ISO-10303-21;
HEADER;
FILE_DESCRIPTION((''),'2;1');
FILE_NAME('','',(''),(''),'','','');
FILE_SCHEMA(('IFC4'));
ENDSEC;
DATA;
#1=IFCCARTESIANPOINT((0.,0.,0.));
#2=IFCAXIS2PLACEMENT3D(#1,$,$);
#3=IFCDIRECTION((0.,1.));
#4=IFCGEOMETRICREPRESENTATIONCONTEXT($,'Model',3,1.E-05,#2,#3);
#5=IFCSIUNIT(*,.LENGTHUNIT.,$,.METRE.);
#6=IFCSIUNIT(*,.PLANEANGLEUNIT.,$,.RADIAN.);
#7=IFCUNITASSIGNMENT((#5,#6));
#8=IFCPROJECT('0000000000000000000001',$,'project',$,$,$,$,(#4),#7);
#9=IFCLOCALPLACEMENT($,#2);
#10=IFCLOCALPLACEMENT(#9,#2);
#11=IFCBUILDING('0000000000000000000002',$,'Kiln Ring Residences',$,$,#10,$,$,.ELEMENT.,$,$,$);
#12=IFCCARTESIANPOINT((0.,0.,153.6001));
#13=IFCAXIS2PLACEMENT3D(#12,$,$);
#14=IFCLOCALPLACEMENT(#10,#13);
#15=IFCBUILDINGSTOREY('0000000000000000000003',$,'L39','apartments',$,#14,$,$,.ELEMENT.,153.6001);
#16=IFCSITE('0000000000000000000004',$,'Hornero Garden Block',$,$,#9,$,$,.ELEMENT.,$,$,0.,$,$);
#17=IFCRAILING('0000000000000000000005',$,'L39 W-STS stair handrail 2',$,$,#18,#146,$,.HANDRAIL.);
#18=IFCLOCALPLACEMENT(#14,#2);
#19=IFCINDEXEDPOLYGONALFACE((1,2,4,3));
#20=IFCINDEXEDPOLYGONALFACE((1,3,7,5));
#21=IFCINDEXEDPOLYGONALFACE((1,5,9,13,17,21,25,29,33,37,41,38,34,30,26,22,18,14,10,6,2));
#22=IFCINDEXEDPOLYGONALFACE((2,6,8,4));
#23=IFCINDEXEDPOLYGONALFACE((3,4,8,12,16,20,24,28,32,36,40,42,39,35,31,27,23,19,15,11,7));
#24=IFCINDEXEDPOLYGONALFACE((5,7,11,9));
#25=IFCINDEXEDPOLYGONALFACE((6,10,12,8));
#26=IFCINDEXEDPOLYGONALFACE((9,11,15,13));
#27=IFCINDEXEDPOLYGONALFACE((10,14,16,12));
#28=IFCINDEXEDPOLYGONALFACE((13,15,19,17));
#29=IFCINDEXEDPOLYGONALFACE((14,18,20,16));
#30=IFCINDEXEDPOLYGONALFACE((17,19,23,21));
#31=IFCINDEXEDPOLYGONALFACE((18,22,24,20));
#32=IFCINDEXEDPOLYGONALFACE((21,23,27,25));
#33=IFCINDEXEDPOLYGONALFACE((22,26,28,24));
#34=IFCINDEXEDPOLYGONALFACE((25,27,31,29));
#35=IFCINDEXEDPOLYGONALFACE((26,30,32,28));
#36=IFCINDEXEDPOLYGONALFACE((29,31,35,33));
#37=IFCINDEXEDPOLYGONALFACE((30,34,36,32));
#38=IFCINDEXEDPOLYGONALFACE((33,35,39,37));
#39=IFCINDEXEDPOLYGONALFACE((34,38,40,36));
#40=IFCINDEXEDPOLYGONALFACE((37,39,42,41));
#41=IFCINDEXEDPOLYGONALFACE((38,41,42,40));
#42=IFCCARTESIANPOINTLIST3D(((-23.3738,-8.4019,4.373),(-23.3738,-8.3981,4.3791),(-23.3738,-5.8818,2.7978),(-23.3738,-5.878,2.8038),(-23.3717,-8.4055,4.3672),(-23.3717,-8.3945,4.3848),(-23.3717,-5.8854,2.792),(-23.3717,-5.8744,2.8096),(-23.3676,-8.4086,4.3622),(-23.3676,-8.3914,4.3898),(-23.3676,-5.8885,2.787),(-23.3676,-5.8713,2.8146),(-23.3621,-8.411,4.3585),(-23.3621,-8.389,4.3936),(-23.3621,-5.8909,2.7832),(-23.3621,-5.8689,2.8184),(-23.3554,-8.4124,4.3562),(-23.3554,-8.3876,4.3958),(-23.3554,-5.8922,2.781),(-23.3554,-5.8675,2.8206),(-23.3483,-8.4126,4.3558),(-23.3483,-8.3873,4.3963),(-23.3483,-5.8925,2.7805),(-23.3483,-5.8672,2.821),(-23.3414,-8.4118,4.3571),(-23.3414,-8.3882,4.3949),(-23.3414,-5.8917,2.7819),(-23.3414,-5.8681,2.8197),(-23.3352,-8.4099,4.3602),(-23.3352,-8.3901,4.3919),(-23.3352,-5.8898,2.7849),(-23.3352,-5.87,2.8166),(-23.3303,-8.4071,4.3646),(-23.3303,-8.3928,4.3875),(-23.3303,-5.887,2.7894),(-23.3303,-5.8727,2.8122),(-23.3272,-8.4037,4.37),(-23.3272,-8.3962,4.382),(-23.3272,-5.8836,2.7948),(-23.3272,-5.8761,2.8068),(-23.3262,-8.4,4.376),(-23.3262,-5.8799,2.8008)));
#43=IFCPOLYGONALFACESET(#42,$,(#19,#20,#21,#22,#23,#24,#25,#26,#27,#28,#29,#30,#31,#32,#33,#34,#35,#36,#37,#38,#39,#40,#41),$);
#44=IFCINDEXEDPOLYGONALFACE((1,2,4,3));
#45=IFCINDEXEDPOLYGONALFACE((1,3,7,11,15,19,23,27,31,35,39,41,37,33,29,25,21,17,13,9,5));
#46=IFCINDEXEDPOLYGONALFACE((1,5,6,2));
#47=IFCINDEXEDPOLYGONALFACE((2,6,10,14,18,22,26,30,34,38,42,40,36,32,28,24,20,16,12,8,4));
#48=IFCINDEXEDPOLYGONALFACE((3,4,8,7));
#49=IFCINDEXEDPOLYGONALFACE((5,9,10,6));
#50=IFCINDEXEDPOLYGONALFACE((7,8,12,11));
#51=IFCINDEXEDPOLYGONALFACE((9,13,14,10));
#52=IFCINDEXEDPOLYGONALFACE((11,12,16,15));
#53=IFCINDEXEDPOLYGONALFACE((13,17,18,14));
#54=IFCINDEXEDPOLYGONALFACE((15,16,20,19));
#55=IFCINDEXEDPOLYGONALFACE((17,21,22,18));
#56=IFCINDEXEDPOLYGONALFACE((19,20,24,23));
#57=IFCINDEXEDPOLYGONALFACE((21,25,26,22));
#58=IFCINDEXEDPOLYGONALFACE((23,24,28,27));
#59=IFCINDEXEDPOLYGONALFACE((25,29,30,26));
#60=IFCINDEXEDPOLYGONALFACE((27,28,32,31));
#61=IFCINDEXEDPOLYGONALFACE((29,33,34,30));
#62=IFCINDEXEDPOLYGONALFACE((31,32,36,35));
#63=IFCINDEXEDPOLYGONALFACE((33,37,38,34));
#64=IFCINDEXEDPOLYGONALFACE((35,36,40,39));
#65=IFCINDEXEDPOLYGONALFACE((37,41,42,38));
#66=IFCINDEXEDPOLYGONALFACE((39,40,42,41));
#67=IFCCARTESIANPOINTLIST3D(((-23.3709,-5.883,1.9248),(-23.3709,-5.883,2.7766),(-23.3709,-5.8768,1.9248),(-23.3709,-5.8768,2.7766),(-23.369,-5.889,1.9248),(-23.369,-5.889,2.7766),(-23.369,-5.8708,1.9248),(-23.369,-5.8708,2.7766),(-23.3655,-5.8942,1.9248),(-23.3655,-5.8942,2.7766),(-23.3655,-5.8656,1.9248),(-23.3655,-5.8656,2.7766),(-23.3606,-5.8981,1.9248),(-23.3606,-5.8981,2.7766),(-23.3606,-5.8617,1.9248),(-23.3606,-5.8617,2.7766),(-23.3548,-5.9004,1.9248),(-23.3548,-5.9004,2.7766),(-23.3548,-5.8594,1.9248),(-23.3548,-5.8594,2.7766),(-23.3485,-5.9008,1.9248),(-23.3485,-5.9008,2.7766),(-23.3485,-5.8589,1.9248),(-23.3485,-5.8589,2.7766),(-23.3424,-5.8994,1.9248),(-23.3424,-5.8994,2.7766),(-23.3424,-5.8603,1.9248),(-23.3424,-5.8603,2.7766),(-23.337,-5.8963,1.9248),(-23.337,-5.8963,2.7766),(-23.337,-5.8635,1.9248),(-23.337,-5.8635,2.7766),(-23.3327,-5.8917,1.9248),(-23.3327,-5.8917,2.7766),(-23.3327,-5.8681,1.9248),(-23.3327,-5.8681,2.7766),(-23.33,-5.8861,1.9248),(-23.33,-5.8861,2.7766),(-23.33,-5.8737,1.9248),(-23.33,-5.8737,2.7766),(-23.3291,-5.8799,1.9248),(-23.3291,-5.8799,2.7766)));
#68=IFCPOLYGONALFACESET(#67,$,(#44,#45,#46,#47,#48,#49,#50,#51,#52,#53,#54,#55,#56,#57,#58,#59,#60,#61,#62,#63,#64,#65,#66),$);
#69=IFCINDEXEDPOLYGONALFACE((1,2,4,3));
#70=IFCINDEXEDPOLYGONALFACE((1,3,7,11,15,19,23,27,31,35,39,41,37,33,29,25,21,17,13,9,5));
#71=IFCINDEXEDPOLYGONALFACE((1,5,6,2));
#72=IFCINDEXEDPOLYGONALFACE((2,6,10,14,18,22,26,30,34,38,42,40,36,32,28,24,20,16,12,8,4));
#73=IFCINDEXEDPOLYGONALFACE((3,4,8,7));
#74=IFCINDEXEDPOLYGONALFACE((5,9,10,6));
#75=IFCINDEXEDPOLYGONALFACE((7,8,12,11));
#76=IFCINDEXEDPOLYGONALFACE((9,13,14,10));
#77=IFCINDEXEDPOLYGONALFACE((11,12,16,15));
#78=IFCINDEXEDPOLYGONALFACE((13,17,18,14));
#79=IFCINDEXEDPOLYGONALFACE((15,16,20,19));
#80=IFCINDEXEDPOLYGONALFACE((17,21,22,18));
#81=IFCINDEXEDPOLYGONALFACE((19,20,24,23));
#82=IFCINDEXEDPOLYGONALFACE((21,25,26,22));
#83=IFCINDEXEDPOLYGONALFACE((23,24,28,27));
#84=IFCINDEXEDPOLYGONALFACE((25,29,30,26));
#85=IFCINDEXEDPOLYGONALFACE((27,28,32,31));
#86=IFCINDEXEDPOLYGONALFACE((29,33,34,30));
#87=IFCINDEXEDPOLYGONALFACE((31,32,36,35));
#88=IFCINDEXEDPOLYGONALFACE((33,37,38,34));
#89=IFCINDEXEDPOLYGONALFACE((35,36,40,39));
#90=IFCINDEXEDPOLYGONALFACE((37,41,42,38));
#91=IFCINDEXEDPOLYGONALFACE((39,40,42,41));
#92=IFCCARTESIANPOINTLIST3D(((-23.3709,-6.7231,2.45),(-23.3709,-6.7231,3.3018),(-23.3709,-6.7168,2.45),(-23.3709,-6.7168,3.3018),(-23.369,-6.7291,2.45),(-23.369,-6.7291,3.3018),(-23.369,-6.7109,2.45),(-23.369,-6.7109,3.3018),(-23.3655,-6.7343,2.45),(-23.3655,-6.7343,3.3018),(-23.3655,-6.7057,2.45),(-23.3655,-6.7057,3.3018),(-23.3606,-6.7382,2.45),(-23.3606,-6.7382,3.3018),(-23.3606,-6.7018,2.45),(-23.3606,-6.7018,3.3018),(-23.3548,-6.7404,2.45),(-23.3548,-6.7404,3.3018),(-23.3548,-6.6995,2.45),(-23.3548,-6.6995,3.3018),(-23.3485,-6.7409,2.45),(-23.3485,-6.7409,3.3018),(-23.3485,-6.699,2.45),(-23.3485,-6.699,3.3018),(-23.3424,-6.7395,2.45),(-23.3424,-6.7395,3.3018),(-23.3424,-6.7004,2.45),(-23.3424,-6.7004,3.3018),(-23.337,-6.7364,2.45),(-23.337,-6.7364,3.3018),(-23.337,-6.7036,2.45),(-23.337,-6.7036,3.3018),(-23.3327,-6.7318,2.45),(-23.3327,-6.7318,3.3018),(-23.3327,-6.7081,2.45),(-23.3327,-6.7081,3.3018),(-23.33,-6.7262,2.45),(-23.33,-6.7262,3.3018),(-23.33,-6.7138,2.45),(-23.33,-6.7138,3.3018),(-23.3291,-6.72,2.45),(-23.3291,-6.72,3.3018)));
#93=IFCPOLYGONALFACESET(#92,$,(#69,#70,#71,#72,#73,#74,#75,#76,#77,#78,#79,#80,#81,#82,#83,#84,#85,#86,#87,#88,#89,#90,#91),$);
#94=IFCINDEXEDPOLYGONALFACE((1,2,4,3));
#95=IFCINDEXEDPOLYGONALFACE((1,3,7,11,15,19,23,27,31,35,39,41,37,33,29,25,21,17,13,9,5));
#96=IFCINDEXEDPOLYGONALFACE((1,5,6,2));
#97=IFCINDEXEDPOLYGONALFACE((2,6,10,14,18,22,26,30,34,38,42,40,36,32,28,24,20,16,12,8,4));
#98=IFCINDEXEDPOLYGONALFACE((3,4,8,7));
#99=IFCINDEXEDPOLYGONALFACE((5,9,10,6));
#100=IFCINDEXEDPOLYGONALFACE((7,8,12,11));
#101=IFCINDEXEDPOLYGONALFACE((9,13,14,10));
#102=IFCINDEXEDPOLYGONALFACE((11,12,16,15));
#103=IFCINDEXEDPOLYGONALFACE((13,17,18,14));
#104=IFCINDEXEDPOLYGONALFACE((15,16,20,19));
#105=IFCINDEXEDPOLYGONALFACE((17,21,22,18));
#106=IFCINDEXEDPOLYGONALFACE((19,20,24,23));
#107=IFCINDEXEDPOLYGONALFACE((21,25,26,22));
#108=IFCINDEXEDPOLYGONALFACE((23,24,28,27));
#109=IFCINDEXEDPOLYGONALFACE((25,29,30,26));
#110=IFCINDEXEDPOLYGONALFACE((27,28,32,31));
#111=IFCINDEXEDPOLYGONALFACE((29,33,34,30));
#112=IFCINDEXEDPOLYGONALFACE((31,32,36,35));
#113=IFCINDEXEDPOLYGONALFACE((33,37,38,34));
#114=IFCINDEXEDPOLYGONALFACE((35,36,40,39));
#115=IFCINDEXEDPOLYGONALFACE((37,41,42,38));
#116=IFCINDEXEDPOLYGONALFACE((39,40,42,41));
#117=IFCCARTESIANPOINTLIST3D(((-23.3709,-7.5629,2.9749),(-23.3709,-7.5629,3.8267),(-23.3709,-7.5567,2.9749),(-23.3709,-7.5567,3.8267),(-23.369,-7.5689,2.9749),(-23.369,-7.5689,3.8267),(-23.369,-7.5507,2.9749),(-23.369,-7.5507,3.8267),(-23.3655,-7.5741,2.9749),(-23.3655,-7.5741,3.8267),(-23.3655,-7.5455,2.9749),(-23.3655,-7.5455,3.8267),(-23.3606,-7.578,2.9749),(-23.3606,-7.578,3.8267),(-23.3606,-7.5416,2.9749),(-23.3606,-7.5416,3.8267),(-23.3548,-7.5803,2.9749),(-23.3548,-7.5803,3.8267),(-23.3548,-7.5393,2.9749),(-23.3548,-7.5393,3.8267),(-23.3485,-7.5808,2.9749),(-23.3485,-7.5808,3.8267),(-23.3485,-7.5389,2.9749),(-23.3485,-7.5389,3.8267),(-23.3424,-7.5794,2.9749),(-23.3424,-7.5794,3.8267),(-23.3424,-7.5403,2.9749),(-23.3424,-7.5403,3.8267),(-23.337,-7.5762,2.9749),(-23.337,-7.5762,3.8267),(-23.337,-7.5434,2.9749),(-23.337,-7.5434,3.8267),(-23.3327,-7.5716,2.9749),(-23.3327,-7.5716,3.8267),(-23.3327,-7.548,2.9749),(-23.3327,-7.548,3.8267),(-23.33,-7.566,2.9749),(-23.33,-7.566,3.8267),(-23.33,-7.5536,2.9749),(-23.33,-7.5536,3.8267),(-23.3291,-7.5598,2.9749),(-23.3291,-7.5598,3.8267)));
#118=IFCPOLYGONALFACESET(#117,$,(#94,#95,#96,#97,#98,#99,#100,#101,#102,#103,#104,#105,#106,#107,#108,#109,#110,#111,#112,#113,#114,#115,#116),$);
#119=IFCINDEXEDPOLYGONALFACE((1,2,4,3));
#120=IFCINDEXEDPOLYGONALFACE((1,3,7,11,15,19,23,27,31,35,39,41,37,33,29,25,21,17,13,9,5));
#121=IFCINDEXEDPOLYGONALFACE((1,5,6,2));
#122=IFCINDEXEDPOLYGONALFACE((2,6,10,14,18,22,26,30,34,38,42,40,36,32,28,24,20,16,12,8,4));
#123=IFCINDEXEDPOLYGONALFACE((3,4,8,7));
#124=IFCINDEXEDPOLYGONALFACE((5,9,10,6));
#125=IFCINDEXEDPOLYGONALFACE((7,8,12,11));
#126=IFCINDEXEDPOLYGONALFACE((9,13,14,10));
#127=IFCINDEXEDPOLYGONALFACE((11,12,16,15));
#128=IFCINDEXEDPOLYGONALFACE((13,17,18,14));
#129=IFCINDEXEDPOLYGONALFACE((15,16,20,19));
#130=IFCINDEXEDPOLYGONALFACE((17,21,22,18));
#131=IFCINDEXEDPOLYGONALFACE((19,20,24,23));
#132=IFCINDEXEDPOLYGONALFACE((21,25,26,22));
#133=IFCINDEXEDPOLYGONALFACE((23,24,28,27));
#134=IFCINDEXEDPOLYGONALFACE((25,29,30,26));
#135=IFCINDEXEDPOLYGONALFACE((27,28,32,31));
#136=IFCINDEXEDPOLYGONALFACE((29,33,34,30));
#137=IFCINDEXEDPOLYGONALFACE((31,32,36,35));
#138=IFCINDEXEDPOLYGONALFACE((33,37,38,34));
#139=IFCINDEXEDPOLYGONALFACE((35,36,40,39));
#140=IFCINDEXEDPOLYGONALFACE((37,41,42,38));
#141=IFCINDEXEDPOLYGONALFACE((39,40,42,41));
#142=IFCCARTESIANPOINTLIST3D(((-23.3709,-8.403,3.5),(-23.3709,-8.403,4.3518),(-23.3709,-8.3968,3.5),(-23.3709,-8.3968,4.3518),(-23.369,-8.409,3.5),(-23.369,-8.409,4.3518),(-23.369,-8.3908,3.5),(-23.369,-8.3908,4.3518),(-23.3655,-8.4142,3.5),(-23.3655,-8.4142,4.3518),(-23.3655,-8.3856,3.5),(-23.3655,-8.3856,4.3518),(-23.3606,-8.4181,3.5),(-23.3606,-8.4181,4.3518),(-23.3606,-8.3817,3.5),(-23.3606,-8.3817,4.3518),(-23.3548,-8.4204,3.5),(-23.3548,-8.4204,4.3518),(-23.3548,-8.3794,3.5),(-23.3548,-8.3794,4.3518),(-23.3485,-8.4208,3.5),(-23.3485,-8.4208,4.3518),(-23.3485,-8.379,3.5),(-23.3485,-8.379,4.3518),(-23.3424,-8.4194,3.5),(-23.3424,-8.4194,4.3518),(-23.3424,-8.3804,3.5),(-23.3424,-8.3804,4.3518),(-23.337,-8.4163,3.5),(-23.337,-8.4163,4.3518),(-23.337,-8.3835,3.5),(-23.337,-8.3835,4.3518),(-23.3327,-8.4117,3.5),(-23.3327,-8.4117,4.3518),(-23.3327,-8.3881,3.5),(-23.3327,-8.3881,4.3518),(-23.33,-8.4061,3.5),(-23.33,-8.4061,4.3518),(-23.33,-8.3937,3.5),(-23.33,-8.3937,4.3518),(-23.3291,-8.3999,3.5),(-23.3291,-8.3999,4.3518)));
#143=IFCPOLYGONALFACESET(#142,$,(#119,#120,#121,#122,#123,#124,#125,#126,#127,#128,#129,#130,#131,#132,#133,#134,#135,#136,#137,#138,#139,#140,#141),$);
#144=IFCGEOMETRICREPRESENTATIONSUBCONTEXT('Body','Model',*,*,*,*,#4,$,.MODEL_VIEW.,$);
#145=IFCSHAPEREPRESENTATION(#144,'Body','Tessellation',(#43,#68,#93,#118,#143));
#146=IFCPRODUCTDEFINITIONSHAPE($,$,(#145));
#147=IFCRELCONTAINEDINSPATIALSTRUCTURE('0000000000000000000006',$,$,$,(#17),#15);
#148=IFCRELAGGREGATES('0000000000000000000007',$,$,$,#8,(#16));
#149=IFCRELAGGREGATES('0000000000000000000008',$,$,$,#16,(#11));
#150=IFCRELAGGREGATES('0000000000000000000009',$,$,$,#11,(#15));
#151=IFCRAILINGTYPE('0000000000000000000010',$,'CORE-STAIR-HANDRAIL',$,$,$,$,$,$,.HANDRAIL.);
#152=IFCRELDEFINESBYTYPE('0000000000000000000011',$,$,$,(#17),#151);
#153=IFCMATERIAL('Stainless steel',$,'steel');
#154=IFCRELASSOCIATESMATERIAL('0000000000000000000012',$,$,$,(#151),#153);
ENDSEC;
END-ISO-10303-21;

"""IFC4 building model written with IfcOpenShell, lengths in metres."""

from ifc_helpers import new_model, si_unit, direction, frame, origin, origin_2d, place, context, subcontext, project, spatial, circle, extrude, material, type_object, element, save


model = new_model("IFC4")

# Units and contexts
model_context = context("Model", 3, precision=1e-05, world=origin(), true_north=direction((0.0, 1.0)))
body_context = subcontext(model_context, "Body", "Model", "MODEL_VIEW")
ifc_project = project(units=[si_unit("LENGTHUNIT", "METRE"), si_unit("PLANEANGLEUNIT", "RADIAN")], contexts=[model_context])

# Site, building, storey
site_placement = place(None, origin())
site = spatial("IfcSite", under=ifc_project, at=site_placement, Name="Hornero Garden Block", CompositionType="ELEMENT", RefElevation=0.0)
building_placement = place(site_placement, origin())
building = spatial("IfcBuilding", under=site, at=building_placement, Name="Kiln Ring Residences", CompositionType="ELEMENT")
storey_placement = place(building_placement, frame((0.0, 0.0, 153.6001)))
storey = spatial("IfcBuildingStorey", under=building, at=storey_placement, Name="L39", Description="apartments", CompositionType="ELEMENT", Elevation=153.6001)

# Railing
ifc_material_1 = material(Name="Stainless steel", Category="steel")
railing_type_1 = type_object("IfcRailingType", Name="CORE-STAIR-HANDRAIL", PredefinedType="HANDRAIL", material=ifc_material_1)
railing_1_placement = place(storey_placement, frame((-23.3501, -5.8799, 1.9248)))
element("IfcRailing", 1, at=railing_1_placement, inside=storey, type_object=railing_type_1, Name="L39 W-STS stair handrail 2", PredefinedType="HANDRAIL", context=body_context, shape_type="SweptSolid", body=[
    extrude(circle(Radius=0.0239, at=origin_2d()), frame((0.0, 0.0, 0.876), z_axis=(0.0, -0.847971, 0.530043), x_axis=(1.0, 0.0, 0.0)), (0.0, 0.0, 1.0), 2.9719),
    extrude(circle(Radius=0.021, at=origin_2d()), origin(), (0.0, 0.0, 1.0), 0.8518),
    extrude(circle(Radius=0.021, at=origin_2d()), frame((0.0, -0.8401, 0.5251)), (0.0, 0.0, 1.0), 0.8518),
    extrude(circle(Radius=0.021, at=origin_2d()), frame((0.0, -1.6799, 1.05)), (0.0, 0.0, 1.0), 0.8518),
    extrude(circle(Radius=0.021, at=origin_2d()), frame((0.0, -2.52, 1.5752)), (0.0, 0.0, 1.0), 0.8518),
])

save(model, "model.ifc")
